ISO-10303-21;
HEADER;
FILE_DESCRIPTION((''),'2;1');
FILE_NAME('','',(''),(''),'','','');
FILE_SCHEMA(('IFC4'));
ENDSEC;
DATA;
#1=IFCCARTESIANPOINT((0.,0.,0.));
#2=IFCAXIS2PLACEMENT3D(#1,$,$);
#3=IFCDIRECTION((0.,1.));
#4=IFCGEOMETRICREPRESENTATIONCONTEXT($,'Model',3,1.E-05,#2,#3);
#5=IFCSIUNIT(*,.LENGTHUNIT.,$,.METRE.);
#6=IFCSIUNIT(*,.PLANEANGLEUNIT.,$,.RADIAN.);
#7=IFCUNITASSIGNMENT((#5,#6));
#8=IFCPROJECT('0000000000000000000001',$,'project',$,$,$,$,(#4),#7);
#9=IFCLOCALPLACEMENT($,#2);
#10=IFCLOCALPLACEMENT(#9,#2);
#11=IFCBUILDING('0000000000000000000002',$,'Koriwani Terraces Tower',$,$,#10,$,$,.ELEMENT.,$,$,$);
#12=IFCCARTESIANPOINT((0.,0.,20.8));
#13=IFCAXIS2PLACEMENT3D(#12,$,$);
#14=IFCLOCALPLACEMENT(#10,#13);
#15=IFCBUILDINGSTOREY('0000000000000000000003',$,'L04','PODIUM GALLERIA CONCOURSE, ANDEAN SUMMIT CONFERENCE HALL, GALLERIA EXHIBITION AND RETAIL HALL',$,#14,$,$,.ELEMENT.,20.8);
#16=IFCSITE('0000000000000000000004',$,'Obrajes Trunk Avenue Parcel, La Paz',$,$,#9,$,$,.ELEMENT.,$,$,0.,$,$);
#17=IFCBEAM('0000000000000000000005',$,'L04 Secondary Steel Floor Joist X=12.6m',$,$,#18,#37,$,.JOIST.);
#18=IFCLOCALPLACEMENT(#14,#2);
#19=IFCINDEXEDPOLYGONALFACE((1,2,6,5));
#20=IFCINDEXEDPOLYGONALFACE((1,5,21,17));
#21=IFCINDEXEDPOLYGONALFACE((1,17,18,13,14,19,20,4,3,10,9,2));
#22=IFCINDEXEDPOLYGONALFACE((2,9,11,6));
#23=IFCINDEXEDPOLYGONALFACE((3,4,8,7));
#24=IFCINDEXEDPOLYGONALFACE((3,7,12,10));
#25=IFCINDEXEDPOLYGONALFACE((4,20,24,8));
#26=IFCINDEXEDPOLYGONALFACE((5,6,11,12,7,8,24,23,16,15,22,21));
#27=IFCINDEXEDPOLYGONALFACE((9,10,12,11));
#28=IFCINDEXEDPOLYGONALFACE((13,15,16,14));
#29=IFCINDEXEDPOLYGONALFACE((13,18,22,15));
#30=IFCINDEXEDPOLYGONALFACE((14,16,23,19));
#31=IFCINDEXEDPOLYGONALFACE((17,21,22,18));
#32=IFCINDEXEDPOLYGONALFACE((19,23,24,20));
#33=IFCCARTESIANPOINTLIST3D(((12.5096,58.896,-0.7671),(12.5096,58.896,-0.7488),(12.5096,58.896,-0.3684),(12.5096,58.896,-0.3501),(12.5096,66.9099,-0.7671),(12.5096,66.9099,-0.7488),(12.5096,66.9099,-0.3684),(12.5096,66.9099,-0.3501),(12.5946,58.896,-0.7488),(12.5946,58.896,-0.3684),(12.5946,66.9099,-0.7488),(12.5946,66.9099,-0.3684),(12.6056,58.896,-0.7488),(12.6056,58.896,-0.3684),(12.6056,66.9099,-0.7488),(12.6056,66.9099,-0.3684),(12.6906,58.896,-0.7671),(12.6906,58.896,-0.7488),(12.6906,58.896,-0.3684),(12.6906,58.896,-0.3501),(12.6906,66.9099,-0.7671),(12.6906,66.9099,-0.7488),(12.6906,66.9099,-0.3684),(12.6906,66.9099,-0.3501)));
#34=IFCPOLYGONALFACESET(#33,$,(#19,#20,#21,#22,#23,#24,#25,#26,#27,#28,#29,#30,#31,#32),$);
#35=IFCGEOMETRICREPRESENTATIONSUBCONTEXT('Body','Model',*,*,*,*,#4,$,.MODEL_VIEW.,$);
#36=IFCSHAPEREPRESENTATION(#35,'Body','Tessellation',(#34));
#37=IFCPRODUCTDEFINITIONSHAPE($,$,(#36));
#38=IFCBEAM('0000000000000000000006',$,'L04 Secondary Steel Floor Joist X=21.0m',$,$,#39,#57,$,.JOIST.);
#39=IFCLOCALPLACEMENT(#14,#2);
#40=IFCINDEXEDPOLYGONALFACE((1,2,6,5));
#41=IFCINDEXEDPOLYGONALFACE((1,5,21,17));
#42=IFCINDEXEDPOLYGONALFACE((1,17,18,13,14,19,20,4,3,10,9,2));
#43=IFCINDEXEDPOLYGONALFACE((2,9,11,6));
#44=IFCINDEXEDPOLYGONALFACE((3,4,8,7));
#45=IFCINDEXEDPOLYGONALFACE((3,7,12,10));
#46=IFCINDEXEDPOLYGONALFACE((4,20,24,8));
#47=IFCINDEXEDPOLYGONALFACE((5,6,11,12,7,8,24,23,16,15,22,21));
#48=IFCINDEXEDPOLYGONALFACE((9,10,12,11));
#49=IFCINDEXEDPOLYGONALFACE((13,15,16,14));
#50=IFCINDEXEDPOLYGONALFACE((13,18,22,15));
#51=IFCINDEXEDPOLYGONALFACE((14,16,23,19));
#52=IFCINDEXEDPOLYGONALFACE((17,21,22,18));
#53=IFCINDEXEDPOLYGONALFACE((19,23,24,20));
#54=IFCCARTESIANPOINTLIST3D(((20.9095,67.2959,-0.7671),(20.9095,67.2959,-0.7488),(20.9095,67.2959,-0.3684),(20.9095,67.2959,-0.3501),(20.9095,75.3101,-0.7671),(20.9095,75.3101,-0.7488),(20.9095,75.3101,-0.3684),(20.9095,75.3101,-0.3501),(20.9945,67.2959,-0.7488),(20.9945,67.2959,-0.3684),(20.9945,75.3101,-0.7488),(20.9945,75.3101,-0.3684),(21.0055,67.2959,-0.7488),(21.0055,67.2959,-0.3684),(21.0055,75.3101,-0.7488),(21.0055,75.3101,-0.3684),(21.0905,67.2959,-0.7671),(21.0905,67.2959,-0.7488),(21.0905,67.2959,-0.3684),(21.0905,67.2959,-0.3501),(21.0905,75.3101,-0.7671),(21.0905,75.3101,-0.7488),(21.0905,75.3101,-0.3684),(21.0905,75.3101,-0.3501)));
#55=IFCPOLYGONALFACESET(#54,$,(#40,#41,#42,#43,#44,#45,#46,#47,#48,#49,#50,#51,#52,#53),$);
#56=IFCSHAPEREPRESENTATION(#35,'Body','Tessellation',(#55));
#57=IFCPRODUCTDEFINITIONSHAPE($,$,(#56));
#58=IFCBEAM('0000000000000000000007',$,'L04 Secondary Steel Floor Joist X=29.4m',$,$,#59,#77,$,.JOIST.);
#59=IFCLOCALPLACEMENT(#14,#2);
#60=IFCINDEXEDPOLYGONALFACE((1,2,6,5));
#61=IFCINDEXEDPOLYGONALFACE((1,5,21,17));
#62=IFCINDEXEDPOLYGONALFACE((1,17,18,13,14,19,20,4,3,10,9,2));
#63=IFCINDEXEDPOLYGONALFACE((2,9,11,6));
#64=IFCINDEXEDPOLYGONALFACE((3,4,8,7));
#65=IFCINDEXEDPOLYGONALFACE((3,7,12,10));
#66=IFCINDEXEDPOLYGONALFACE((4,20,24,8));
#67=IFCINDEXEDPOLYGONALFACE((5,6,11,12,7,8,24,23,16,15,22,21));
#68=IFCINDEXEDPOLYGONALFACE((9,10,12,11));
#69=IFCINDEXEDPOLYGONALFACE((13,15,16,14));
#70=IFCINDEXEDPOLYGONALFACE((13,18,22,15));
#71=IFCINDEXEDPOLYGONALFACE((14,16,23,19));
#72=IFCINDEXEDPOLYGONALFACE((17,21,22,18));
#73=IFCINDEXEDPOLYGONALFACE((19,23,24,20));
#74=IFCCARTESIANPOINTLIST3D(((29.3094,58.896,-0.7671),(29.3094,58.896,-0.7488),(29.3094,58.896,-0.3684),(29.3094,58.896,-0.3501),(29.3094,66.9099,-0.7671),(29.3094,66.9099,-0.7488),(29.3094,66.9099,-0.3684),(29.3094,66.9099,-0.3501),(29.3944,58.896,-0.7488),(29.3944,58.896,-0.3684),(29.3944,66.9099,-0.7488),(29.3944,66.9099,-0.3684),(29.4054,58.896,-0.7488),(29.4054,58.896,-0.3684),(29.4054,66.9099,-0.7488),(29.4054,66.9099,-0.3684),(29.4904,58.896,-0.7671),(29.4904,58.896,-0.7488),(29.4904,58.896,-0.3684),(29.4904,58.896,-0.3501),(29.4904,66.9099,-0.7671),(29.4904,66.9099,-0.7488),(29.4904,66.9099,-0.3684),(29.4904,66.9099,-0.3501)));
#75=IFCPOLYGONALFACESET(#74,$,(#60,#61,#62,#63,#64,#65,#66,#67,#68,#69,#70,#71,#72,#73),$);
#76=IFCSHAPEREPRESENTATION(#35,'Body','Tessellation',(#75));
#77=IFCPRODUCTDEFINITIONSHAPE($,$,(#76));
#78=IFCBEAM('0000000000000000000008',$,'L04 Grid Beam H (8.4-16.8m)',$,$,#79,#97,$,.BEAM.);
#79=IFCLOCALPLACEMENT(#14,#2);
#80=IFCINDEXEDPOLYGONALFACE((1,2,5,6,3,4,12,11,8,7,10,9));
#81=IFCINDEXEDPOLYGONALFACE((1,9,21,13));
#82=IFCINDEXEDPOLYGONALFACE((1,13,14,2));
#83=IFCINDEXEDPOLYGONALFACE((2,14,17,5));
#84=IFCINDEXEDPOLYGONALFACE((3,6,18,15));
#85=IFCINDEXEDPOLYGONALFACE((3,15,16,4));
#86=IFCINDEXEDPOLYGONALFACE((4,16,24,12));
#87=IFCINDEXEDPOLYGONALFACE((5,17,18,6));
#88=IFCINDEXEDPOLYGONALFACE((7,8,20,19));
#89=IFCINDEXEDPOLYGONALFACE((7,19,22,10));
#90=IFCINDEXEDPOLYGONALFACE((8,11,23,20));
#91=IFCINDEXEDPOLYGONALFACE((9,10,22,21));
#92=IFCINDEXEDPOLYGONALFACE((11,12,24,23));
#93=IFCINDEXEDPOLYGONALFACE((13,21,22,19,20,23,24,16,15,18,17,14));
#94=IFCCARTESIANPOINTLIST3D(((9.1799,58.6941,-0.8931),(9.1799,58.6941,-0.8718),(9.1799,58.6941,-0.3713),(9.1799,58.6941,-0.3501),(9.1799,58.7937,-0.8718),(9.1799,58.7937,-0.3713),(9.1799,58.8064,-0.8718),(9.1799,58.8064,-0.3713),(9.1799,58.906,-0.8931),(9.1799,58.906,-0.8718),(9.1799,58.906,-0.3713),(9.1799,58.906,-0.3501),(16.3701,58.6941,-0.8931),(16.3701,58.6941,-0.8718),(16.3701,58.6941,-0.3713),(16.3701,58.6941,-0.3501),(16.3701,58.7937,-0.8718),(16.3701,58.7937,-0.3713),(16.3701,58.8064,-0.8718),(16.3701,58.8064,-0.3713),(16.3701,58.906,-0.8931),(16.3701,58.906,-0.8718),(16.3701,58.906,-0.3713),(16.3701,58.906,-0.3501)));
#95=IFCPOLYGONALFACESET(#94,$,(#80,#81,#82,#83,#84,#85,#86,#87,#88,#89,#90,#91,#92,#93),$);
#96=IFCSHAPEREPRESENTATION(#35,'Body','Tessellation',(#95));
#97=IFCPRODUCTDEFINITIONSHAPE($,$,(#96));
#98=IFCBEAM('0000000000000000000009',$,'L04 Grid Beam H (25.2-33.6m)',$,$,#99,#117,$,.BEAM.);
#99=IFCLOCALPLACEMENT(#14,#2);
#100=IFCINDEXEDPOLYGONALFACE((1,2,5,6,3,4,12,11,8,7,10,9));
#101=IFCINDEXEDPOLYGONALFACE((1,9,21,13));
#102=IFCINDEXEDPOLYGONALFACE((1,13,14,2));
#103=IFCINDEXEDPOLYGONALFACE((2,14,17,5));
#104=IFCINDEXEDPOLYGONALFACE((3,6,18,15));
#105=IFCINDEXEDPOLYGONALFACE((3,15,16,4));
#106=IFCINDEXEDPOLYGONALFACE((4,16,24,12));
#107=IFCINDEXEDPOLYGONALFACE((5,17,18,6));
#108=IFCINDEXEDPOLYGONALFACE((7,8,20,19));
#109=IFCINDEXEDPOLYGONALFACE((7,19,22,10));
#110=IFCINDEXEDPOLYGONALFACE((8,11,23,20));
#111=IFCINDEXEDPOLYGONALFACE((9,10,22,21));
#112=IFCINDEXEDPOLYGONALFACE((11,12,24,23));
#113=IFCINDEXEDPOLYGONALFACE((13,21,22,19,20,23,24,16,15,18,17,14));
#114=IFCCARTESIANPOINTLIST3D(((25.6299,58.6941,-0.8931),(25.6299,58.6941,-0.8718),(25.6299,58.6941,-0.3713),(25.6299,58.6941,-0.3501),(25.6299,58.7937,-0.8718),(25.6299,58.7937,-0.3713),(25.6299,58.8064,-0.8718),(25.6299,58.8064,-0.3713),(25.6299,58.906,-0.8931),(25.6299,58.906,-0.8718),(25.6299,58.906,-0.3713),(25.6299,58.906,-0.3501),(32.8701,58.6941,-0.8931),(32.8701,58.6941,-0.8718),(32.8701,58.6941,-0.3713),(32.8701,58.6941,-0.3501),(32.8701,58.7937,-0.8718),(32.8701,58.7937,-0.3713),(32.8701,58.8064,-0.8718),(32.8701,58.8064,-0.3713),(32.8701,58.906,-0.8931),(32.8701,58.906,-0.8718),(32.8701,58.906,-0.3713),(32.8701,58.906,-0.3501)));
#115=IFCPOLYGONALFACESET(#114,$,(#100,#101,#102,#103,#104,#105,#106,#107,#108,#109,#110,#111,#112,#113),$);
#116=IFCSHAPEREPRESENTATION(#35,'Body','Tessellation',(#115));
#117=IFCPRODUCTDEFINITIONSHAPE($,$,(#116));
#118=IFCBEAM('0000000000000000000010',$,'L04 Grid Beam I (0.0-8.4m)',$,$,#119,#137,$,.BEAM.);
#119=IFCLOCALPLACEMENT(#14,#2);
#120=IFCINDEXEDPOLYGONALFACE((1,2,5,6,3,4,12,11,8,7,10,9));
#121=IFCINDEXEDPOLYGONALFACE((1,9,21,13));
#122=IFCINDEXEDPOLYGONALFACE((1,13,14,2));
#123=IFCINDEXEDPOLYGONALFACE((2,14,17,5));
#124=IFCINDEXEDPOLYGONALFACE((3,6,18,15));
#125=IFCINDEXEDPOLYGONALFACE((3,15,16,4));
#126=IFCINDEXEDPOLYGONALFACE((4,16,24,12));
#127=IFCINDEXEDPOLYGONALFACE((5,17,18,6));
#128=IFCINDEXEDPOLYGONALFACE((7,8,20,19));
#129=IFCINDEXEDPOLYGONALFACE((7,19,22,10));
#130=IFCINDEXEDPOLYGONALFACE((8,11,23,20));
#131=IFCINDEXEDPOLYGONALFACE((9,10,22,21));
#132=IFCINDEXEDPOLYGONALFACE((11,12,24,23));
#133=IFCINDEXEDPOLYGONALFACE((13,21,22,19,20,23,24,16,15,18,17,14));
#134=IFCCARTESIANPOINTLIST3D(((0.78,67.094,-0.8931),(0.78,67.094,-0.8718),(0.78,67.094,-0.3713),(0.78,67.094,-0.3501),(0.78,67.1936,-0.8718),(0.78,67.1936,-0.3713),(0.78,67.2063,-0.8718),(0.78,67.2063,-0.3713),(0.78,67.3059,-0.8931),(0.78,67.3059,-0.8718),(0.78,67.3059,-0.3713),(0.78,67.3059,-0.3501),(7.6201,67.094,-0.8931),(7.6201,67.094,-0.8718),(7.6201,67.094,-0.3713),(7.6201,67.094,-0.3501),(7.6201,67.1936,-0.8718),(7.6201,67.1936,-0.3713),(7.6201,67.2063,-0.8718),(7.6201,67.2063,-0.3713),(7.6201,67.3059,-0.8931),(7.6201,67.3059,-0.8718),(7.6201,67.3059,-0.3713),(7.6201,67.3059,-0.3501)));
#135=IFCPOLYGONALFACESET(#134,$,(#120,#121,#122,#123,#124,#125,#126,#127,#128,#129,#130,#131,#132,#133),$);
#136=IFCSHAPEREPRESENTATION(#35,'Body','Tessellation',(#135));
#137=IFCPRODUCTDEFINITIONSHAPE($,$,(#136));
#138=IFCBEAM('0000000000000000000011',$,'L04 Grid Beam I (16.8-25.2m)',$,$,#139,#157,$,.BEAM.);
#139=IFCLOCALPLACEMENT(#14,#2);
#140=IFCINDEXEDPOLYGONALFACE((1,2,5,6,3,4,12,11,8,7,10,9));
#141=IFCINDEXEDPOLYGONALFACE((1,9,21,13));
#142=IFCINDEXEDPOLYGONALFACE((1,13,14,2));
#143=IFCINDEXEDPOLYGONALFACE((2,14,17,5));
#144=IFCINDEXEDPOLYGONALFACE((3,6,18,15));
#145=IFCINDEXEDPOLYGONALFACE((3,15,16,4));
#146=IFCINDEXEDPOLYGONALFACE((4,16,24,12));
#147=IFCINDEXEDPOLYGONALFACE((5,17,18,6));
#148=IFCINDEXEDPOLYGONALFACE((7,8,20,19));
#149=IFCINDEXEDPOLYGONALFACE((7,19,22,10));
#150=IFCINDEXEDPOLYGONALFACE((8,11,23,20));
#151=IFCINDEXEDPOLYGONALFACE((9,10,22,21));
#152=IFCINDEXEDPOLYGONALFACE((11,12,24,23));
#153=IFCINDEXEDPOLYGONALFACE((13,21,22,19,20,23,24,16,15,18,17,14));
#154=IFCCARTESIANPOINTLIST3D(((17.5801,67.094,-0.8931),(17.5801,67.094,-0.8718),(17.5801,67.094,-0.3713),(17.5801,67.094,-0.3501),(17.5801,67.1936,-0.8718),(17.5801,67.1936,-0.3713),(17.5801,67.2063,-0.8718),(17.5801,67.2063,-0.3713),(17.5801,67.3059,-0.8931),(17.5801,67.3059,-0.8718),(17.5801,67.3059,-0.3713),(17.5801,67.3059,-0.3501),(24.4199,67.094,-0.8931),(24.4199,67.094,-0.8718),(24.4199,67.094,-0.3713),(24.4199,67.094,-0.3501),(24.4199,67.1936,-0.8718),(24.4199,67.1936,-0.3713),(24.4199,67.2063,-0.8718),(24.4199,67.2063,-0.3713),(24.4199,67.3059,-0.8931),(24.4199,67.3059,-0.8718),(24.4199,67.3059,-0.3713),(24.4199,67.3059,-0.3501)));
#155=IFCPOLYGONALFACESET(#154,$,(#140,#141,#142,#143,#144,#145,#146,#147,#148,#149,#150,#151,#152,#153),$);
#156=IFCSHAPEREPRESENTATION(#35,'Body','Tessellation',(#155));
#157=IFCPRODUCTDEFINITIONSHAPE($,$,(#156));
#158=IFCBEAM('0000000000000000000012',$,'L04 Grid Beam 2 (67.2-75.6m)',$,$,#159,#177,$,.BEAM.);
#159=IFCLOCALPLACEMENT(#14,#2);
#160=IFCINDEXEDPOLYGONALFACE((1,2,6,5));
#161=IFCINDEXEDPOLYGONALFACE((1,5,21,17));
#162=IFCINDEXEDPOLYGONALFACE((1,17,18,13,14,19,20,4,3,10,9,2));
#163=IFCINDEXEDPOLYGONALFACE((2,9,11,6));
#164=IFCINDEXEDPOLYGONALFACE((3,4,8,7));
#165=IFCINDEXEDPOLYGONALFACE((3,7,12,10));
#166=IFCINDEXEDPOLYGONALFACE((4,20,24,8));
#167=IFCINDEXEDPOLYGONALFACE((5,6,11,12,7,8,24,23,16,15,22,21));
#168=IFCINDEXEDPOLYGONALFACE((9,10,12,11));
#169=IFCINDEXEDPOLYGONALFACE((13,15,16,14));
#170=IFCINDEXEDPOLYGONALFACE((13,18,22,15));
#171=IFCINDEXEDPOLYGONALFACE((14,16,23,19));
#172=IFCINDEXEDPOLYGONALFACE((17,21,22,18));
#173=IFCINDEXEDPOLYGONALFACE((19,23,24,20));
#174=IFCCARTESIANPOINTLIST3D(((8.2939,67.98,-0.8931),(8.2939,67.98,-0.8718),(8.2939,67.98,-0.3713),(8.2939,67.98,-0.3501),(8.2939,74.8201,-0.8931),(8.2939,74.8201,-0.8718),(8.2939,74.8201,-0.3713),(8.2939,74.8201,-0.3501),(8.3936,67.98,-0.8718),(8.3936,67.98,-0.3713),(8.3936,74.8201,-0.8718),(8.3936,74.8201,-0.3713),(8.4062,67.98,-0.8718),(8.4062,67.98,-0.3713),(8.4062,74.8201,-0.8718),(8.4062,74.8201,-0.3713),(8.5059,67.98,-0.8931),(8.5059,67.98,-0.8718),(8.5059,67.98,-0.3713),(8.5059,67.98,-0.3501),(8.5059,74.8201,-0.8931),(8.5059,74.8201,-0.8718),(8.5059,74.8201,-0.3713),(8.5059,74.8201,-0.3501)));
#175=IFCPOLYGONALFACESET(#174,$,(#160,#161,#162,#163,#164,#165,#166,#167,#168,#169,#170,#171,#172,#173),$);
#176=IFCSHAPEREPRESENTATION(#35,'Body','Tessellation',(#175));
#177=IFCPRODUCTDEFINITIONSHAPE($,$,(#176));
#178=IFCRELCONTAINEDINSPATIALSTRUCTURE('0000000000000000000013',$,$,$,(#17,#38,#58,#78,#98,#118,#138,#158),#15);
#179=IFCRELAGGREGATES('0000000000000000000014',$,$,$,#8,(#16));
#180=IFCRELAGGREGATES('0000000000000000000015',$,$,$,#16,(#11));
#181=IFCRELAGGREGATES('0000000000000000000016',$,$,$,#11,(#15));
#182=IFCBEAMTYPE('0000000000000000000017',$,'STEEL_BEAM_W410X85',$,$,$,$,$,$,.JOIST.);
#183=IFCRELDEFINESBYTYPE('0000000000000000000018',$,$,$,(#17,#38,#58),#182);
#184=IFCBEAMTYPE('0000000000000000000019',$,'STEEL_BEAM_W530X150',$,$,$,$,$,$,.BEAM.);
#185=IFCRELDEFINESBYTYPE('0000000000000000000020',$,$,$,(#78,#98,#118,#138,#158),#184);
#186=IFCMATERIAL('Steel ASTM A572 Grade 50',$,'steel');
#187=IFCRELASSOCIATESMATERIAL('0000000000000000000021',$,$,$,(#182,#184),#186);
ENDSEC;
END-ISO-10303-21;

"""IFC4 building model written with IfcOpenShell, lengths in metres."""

from ifc_helpers import new_model, si_unit, direction, frame, origin, origin_2d, place, context, subcontext, project, spatial, i_section, extrude, material, material_profile, profile_set, type_object, element, save


model = new_model("IFC4")

# Units and contexts
model_context = context("Model", 3, precision=1e-05, world=origin(), true_north=direction((0.0, 1.0)))
body_context = subcontext(model_context, "Body", "Model", "MODEL_VIEW")
ifc_project = project(units=[si_unit("LENGTHUNIT", "METRE"), si_unit("PLANEANGLEUNIT", "RADIAN")], contexts=[model_context])

# Site, building, storey
site_placement = place(None, origin())
site = spatial("IfcSite", under=ifc_project, at=site_placement, Name="Obrajes Trunk Avenue Parcel, La Paz", CompositionType="ELEMENT", RefElevation=0.0)
building_placement = place(site_placement, origin())
building = spatial("IfcBuilding", under=site, at=building_placement, Name="Koriwani Terraces Tower", CompositionType="ELEMENT")
storey_placement = place(building_placement, frame((0.0, 0.0, 20.8)))
storey = spatial("IfcBuildingStorey", under=building, at=storey_placement, Name="L04", Description="PODIUM GALLERIA CONCOURSE, ANDEAN SUMMIT CONFERENCE HALL, GALLERIA EXHIBITION AND RETAIL HALL", CompositionType="ELEMENT", Elevation=20.8)

# Beams
ifc_material_1 = material(Name="Steel ASTM A572 Grade 50", Category="steel")
ifc_material_profile_1 = material_profile(ifc_material_1, i_section(OverallWidth=0.1809, OverallDepth=0.417, WebThickness=0.011, FlangeThickness=0.0183, at=origin_2d()), Name="Steel ASTM A572 Grade 50", Category="LoadBearing")
ifc_profile_set_1 = profile_set([ifc_material_profile_1], Name="Steel ASTM A572 Grade 50")
beam_type_1 = type_object("IfcBeamType", Name="STEEL_BEAM_W410X85", PredefinedType="JOIST", material=ifc_profile_set_1)
beam_1_placement = place(storey_placement, frame((12.6001, 58.896, -0.5586), z_axis=(0.0, 1.0, 0.0), x_axis=(-1.0, 0.0, 0.0)))
element("IfcBeam", 1, at=beam_1_placement, inside=storey, type_object=beam_type_1, Name="L04 Secondary Steel Floor Joist X=12.6m", PredefinedType="JOIST", context=body_context, shape_type="SweptSolid", body=[
    extrude(i_section(OverallWidth=0.1809, OverallDepth=0.417, WebThickness=0.011, FlangeThickness=0.0183, at=origin_2d()), origin(), (0.0, 0.0, 1.0), 8.0139),
])
beam_2_placement = place(storey_placement, frame((21.0, 67.2959, -0.5586), z_axis=(0.0, 1.0, 0.0), x_axis=(-1.0, 0.0, 0.0)))
element("IfcBeam", 2, at=beam_2_placement, inside=storey, type_object=beam_type_1, Name="L04 Secondary Steel Floor Joist X=21.0m", PredefinedType="JOIST", context=body_context, shape_type="SweptSolid", body=[
    extrude(i_section(OverallWidth=0.1809, OverallDepth=0.417, WebThickness=0.011, FlangeThickness=0.0183, at=origin_2d()), origin(), (0.0, 0.0, 1.0), 8.0142),
])
beam_3_placement = place(storey_placement, frame((29.3999, 58.896, -0.5586), z_axis=(0.0, 1.0, 0.0), x_axis=(-1.0, 0.0, 0.0)))
element("IfcBeam", 3, at=beam_3_placement, inside=storey, type_object=beam_type_1, Name="L04 Secondary Steel Floor Joist X=29.4m", PredefinedType="JOIST", context=body_context, shape_type="SweptSolid", body=[
    extrude(i_section(OverallWidth=0.1809, OverallDepth=0.417, WebThickness=0.011, FlangeThickness=0.0183, at=origin_2d()), origin(), (0.0, 0.0, 1.0), 8.0139),
])
ifc_material_profile_2 = material_profile(ifc_material_1, i_section(OverallWidth=0.2119, OverallDepth=0.543, WebThickness=0.0127, FlangeThickness=0.0212, at=origin_2d()), Name="Steel ASTM A572 Grade 50", Category="LoadBearing")
ifc_profile_set_2 = profile_set([ifc_material_profile_2], Name="Steel ASTM A572 Grade 50")
beam_type_2 = type_object("IfcBeamType", Name="STEEL_BEAM_W530X150", PredefinedType="BEAM", material=ifc_profile_set_2)
beam_4_placement = place(storey_placement, frame((9.1799, 58.8, -0.6216), z_axis=(1.0, 0.0, 0.0), x_axis=(0.0, 1.0, 0.0)))
element("IfcBeam", 4, at=beam_4_placement, inside=storey, type_object=beam_type_2, Name="L04 Grid Beam H (8.4-16.8m)", PredefinedType="BEAM", context=body_context, shape_type="SweptSolid", body=[
    extrude(i_section(OverallWidth=0.2119, OverallDepth=0.543, WebThickness=0.0127, FlangeThickness=0.0212, at=origin_2d()), origin(), (0.0, 0.0, 1.0), 7.1902),
])
beam_5_placement = place(storey_placement, frame((25.6299, 58.8, -0.6216), z_axis=(1.0, 0.0, 0.0), x_axis=(0.0, 1.0, 0.0)))
element("IfcBeam", 5, at=beam_5_placement, inside=storey, type_object=beam_type_2, Name="L04 Grid Beam H (25.2-33.6m)", PredefinedType="BEAM", context=body_context, shape_type="SweptSolid", body=[
    extrude(i_section(OverallWidth=0.2119, OverallDepth=0.543, WebThickness=0.0127, FlangeThickness=0.0212, at=origin_2d()), origin(), (0.0, 0.0, 1.0), 7.2402),
])
beam_6_placement = place(storey_placement, frame((0.78, 67.2, -0.6216), z_axis=(1.0, 0.0, 0.0), x_axis=(0.0, 1.0, 0.0)))
element("IfcBeam", 6, at=beam_6_placement, inside=storey, type_object=beam_type_2, Name="L04 Grid Beam I (0.0-8.4m)", PredefinedType="BEAM", context=body_context, shape_type="SweptSolid", body=[
    extrude(i_section(OverallWidth=0.2119, OverallDepth=0.543, WebThickness=0.0127, FlangeThickness=0.0212, at=origin_2d()), origin(), (0.0, 0.0, 1.0), 6.8401),
])
beam_7_placement = place(storey_placement, frame((17.5801, 67.2, -0.6216), z_axis=(1.0, 0.0, 0.0), x_axis=(0.0, 1.0, 0.0)))
element("IfcBeam", 7, at=beam_7_placement, inside=storey, type_object=beam_type_2, Name="L04 Grid Beam I (16.8-25.2m)", PredefinedType="BEAM", context=body_context, shape_type="SweptSolid", body=[
    extrude(i_section(OverallWidth=0.2119, OverallDepth=0.543, WebThickness=0.0127, FlangeThickness=0.0212, at=origin_2d()), origin(), (0.0, 0.0, 1.0), 6.8398),
])
beam_8_placement = place(storey_placement, frame((8.3999, 67.98, -0.6216), z_axis=(0.0, 1.0, 0.0), x_axis=(-1.0, 0.0, 0.0)))
element("IfcBeam", 8, at=beam_8_placement, inside=storey, type_object=beam_type_2, Name="L04 Grid Beam 2 (67.2-75.6m)", PredefinedType="BEAM", context=body_context, shape_type="SweptSolid", body=[
    extrude(i_section(OverallWidth=0.2119, OverallDepth=0.543, WebThickness=0.0127, FlangeThickness=0.0212, at=origin_2d()), origin(), (0.0, 0.0, 1.0), 6.8401),
])

save(model, "model.ifc")
